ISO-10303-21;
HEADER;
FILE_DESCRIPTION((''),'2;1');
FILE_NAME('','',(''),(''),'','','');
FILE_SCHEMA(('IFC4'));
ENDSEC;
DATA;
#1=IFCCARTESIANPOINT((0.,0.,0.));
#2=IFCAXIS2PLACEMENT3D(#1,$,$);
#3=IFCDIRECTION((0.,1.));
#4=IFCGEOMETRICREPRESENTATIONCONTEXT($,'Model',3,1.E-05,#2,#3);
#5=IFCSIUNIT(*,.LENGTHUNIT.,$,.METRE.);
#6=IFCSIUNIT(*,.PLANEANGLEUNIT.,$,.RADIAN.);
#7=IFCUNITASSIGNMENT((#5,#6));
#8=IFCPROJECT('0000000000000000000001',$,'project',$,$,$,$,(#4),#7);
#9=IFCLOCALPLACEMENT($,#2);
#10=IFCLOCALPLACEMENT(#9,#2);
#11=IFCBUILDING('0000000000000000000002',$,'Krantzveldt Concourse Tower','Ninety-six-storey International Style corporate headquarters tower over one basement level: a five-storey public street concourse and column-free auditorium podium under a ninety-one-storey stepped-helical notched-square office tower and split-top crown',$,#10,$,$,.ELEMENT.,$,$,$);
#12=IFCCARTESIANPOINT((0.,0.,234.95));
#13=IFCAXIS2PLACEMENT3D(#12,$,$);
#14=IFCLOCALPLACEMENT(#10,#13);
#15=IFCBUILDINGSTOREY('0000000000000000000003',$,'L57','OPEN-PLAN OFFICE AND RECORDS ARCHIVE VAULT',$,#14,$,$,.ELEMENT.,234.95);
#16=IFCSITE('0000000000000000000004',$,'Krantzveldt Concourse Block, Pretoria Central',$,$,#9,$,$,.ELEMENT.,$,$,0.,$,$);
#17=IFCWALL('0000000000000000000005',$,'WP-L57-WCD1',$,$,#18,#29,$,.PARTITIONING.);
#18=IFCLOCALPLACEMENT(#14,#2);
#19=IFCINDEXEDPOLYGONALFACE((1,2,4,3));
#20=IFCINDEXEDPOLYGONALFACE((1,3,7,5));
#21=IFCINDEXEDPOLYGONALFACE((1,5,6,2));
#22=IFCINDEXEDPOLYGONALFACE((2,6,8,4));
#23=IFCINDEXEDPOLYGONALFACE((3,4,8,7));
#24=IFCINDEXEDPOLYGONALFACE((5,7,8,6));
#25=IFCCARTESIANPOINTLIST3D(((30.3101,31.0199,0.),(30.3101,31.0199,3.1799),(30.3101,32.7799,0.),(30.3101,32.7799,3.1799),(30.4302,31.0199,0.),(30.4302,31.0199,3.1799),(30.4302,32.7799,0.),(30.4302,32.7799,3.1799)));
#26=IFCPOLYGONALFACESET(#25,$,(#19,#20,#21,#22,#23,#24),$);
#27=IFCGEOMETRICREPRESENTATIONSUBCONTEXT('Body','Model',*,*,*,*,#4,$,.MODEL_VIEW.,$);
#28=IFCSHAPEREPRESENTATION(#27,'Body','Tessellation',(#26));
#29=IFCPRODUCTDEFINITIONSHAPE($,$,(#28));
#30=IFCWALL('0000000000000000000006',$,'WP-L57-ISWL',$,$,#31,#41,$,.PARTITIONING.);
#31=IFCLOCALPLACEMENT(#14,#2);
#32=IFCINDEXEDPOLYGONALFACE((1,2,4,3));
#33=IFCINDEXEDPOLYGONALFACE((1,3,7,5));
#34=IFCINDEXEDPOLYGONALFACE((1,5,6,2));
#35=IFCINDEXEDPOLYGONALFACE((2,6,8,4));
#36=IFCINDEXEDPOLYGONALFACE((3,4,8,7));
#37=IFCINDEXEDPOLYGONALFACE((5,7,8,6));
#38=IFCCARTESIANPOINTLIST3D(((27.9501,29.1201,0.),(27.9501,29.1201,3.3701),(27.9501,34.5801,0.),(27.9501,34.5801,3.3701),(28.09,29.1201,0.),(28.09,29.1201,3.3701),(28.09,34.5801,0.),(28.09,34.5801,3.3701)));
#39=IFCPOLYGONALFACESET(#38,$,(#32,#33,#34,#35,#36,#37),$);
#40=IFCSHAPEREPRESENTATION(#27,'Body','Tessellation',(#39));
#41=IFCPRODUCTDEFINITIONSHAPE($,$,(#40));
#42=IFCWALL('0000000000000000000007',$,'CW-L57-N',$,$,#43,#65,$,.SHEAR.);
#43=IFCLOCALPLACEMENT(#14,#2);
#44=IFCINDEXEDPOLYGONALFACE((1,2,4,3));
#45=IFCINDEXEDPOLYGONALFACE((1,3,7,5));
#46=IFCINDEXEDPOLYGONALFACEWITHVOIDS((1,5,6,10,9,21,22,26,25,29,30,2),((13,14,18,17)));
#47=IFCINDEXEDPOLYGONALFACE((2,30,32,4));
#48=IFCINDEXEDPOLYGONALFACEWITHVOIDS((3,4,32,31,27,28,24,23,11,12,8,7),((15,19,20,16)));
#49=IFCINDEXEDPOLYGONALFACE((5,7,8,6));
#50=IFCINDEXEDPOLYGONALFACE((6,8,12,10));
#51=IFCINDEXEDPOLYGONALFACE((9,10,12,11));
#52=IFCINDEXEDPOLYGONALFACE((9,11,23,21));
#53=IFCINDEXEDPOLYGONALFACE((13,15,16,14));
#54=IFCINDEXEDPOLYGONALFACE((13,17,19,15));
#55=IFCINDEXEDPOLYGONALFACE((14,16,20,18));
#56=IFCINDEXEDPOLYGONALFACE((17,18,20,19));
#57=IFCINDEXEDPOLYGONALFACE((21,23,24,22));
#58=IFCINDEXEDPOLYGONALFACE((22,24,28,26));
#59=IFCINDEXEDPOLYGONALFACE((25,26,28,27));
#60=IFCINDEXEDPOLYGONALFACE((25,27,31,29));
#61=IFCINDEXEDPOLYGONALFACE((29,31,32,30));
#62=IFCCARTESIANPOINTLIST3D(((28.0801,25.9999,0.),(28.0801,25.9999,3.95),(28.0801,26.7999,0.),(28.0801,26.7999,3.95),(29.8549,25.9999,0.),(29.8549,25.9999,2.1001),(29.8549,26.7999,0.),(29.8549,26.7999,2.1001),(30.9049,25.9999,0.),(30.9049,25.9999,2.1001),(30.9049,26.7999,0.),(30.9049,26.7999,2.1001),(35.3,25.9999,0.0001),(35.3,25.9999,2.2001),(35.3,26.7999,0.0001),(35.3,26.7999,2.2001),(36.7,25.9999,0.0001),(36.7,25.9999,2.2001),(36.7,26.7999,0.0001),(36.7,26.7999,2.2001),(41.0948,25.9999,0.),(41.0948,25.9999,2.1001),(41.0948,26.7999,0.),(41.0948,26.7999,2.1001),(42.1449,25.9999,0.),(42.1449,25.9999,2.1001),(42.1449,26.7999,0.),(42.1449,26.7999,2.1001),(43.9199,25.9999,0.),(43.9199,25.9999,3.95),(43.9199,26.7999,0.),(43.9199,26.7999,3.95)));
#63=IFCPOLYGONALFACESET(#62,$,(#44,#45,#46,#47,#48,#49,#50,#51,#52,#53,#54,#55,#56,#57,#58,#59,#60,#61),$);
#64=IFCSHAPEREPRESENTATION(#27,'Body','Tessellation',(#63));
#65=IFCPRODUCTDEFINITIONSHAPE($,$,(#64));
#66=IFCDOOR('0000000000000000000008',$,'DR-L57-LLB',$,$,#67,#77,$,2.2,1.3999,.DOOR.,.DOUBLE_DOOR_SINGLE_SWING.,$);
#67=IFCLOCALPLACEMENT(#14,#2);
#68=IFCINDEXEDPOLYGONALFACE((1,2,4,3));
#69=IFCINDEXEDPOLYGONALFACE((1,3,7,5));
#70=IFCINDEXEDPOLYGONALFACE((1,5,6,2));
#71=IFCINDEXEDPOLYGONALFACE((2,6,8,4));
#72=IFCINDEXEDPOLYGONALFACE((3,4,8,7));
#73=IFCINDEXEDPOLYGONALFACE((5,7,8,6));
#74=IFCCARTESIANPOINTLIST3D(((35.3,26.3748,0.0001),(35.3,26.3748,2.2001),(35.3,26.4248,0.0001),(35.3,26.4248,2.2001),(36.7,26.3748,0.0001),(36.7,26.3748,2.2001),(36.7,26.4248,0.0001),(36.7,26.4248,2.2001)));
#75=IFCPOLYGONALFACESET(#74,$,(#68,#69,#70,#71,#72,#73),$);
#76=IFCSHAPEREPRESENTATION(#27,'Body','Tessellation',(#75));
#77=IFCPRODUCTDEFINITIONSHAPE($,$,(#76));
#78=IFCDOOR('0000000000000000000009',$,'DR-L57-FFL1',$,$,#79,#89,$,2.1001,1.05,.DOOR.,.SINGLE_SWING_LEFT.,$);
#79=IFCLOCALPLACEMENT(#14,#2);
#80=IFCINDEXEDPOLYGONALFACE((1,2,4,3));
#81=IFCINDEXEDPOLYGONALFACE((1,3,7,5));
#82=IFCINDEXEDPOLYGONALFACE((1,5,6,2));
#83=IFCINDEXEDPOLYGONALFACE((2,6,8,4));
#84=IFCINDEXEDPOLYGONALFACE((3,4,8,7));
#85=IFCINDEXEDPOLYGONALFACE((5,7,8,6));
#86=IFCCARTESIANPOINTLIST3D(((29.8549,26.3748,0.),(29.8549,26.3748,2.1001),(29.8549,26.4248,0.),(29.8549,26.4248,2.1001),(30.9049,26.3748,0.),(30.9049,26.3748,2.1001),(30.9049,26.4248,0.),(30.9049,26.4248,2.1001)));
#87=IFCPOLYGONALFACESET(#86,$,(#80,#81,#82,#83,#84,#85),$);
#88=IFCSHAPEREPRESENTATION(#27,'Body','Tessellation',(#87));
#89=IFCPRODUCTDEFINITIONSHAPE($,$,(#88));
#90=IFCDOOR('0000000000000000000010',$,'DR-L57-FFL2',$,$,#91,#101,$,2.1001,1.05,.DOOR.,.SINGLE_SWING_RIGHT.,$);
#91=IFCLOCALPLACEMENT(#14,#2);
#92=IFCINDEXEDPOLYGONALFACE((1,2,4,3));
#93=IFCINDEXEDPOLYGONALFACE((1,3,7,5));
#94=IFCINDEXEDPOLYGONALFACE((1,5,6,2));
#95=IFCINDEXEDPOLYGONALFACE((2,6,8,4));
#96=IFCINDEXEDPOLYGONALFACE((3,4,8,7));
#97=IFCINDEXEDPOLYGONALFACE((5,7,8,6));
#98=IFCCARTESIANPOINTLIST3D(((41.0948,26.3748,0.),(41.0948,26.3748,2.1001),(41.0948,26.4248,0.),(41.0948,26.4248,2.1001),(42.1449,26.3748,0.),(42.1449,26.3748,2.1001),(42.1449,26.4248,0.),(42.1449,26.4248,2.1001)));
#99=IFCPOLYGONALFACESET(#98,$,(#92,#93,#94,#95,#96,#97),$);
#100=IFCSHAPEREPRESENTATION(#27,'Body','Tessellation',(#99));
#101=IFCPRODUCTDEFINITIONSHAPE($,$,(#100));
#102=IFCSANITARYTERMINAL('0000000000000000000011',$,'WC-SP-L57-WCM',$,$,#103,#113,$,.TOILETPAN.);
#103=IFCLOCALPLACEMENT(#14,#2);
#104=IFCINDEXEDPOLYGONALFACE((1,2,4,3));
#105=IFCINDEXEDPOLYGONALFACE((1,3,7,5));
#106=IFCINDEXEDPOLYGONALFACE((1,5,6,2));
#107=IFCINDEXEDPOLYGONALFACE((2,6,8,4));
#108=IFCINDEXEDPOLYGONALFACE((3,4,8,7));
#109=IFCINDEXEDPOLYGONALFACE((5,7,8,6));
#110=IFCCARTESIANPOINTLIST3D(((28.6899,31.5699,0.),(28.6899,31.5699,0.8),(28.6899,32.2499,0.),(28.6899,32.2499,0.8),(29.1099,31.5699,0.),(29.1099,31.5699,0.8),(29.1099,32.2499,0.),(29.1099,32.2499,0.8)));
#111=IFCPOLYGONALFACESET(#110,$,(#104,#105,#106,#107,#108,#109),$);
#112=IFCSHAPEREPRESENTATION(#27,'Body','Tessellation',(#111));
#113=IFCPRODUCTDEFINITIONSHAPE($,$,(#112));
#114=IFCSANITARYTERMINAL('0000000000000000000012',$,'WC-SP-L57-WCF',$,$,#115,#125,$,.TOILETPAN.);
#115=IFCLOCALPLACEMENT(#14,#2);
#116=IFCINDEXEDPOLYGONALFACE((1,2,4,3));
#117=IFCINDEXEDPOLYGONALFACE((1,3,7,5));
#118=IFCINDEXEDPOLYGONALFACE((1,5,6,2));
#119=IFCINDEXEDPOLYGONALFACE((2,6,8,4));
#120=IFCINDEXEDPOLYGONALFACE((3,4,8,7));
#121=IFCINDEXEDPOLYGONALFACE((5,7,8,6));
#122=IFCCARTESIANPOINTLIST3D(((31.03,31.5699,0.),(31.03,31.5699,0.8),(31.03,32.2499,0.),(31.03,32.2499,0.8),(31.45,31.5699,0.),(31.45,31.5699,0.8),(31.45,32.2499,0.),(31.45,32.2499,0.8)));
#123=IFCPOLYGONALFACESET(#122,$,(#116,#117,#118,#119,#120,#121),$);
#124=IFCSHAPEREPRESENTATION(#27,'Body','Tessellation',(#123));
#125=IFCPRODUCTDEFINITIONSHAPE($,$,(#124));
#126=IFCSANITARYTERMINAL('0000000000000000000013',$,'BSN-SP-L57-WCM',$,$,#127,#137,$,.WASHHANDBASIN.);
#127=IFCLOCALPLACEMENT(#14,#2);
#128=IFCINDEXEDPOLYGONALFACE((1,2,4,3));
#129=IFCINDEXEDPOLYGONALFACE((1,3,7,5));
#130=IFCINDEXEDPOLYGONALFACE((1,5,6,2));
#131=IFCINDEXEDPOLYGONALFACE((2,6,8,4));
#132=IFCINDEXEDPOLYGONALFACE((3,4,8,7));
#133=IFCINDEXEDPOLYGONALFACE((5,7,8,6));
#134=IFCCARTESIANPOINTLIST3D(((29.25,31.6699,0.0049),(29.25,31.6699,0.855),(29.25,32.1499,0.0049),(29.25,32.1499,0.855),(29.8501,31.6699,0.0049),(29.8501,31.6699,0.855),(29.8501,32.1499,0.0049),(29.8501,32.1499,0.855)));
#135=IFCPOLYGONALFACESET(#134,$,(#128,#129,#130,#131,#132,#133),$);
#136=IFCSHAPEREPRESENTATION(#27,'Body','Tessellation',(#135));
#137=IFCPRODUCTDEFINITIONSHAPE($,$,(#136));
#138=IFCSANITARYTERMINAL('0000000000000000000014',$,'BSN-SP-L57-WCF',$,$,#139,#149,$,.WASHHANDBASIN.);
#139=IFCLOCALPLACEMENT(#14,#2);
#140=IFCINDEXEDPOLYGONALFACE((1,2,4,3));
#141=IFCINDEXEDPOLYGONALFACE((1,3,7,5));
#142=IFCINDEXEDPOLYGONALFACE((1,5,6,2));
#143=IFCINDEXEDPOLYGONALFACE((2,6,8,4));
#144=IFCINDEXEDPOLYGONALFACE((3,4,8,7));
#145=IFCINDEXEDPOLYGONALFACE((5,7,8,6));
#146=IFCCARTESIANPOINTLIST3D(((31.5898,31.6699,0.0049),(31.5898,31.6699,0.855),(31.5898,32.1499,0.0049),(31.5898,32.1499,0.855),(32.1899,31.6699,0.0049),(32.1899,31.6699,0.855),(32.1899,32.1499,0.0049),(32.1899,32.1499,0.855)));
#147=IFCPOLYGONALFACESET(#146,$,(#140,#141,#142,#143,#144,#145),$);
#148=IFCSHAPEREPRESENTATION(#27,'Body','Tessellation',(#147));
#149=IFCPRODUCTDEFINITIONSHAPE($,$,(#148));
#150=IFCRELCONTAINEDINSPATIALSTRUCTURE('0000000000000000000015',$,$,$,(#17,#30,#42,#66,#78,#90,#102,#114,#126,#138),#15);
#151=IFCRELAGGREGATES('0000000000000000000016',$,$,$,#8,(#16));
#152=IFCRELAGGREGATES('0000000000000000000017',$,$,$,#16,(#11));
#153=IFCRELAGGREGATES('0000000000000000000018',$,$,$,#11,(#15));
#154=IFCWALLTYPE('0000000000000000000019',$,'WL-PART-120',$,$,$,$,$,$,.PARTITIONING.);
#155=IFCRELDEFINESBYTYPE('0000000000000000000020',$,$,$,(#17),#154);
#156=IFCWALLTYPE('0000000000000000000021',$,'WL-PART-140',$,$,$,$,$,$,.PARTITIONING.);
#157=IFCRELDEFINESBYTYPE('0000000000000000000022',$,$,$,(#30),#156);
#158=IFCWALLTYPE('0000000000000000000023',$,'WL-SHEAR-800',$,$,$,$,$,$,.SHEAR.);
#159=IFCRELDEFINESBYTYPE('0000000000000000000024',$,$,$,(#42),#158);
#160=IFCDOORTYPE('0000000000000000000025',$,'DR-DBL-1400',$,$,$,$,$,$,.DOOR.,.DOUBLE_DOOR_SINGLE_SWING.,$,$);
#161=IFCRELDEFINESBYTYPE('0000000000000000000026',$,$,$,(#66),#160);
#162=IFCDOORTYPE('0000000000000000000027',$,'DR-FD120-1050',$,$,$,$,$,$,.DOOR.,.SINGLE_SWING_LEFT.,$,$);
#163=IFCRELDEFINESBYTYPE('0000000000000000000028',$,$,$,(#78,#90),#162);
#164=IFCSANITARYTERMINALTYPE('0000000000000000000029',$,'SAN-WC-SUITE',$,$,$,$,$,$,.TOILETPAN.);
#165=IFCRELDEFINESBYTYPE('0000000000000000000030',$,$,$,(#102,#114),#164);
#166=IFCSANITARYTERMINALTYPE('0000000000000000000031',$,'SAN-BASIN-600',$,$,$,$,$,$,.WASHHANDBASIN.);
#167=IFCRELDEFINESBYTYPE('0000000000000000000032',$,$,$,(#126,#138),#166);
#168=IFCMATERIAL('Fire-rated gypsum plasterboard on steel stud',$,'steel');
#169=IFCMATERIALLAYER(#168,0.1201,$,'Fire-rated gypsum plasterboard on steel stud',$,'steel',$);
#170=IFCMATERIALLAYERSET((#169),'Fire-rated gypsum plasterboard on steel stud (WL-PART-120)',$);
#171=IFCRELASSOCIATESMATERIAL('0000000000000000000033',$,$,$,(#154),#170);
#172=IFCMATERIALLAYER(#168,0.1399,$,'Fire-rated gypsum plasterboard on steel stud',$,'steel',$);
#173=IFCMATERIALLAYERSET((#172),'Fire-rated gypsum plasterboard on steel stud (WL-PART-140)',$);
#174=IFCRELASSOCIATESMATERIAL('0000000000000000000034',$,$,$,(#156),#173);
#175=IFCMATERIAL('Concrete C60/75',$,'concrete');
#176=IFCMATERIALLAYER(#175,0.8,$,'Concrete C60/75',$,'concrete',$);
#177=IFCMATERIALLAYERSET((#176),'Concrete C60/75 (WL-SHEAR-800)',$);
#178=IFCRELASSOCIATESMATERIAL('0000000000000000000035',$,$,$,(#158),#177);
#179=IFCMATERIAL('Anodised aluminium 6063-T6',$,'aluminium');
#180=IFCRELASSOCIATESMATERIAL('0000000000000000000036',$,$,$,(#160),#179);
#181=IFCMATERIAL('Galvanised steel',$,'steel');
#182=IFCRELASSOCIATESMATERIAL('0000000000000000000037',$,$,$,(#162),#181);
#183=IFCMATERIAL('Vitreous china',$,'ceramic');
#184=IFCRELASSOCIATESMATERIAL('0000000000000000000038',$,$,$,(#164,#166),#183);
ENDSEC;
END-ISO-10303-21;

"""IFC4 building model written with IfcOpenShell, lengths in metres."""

from ifc_helpers import new_model, si_unit, direction, frame, frame_2d, origin, origin_2d, place, context, subcontext, project, spatial, rectangle, extrude, source, transform, mapped, material, layer, layer_set, type_object, type_shapes, element, fill, save


model = new_model("IFC4")

# Units and contexts
model_context = context("Model", 3, precision=1e-05, world=origin(), true_north=direction((0.0, 1.0)))
body_context = subcontext(model_context, "Body", "Model", "MODEL_VIEW")
ifc_project = project(units=[si_unit("LENGTHUNIT", "METRE"), si_unit("PLANEANGLEUNIT", "RADIAN")], contexts=[model_context])

# Site, building, storey
site_placement = place(None, origin())
site = spatial("IfcSite", under=ifc_project, at=site_placement, Name="Krantzveldt Concourse Block, Pretoria Central", CompositionType="ELEMENT", RefElevation=0.0)
building_placement = place(site_placement, origin())
building = spatial("IfcBuilding", under=site, at=building_placement, Name="Krantzveldt Concourse Tower", Description="Ninety-six-storey International Style corporate headquarters tower over one basement level: a five-storey public street concourse and column-free auditorium podium under a ninety-one-storey stepped-helical notched-square office tower and split-top crown", CompositionType="ELEMENT")
storey_placement = place(building_placement, frame((0.0, 0.0, 234.95)))
storey = spatial("IfcBuildingStorey", under=building, at=storey_placement, Name="L57", Description="OPEN-PLAN OFFICE AND RECORDS ARCHIVE VAULT", CompositionType="ELEMENT", Elevation=234.95)

# Shared definitions
ifc_material_1 = material(Name="Fire-rated gypsum plasterboard on steel stud", Category="steel")
ifc_layer_1 = layer(ifc_material_1, 0.1201, Name="Fire-rated gypsum plasterboard on steel stud", Category="steel")
ifc_layer_set_1 = layer_set([ifc_layer_1], Name="Fire-rated gypsum plasterboard on steel stud (WL-PART-120)")
wall_type_1 = type_object("IfcWallType", Name="WL-PART-120", PredefinedType="PARTITIONING", material=ifc_layer_set_1)

# Walls
wall_1_placement = place(storey_placement, frame((30.3701, 31.02, 0.0), z_axis=(0.0, 0.0, 1.0), x_axis=(0.0, 1.0, 0.0)))
element("IfcWall", 1, at=wall_1_placement, inside=storey, type_object=wall_type_1, Name="WP-L57-WCD1", PredefinedType="PARTITIONING", context=body_context, shape_type="SweptSolid", body=[
    extrude(rectangle(XDim=1.76, YDim=0.1201, at=frame_2d((0.8799, 0.0))), origin(), (0.0, 0.0, 1.0), 3.1799),
])
ifc_layer_2 = layer(ifc_material_1, 0.1399, Name="Fire-rated gypsum plasterboard on steel stud", Category="steel")
ifc_layer_set_2 = layer_set([ifc_layer_2], Name="Fire-rated gypsum plasterboard on steel stud (WL-PART-140)")
wall_type_2 = type_object("IfcWallType", Name="WL-PART-140", PredefinedType="PARTITIONING", material=ifc_layer_set_2)
wall_2_placement = place(storey_placement, frame((28.02, 29.1201, 0.0), z_axis=(0.0, 0.0, 1.0), x_axis=(0.0, 1.0, 0.0)))
element("IfcWall", 2, at=wall_2_placement, inside=storey, type_object=wall_type_2, Name="WP-L57-ISWL", PredefinedType="PARTITIONING", context=body_context, shape_type="SweptSolid", body=[
    extrude(rectangle(XDim=5.46, YDim=0.1399, at=frame_2d((2.73, 0.0))), origin(), (0.0, 0.0, 1.0), 3.3701),
])

# Wall, openings, doors
ifc_material_2 = material(Name="Concrete C60/75", Category="concrete")
ifc_layer_3 = layer(ifc_material_2, 0.8, Name="Concrete C60/75", Category="concrete")
ifc_layer_set_3 = layer_set([ifc_layer_3], Name="Concrete C60/75 (WL-SHEAR-800)")
wall_type_3 = type_object("IfcWallType", Name="WL-SHEAR-800", PredefinedType="SHEAR", material=ifc_layer_set_3)
wall_3_placement = place(storey_placement, frame((28.0801, 26.3999, 0.0), z_axis=(0.0, 0.0, 1.0), x_axis=(1.0, 0.0, 0.0)))
wall_3 = element("IfcWall", 3, at=wall_3_placement, inside=storey, type_object=wall_type_3, Name="CW-L57-N", PredefinedType="SHEAR", context=body_context, shape_type="SweptSolid", body=[
    extrude(rectangle(XDim=15.8398, YDim=0.8, at=frame_2d((7.9199, 0.0))), origin(), (0.0, 0.0, 1.0), 3.95),
])
opening_1_placement = place(wall_3_placement, frame((7.22, 0.0, 0.0)))
opening_1 = element("IfcOpeningElement", 4, at=opening_1_placement, cuts=wall_3, PredefinedType="OPENING", context=body_context, shape_type="SweptSolid", body=[
    extrude(rectangle(XDim=1.3999, YDim=2.2, at=frame_2d((0.7, 1.1001))), frame((0.0, 0.4102, 0.0), z_axis=(0.0, -1.0, 0.0), x_axis=(1.0, 0.0, 0.0)), (0.0, 0.0, 1.0), 0.8201),
])
opening_2_placement = place(wall_3_placement, frame((1.7749, 0.0, 0.0)))
opening_2 = element("IfcOpeningElement", 5, at=opening_2_placement, cuts=wall_3, PredefinedType="OPENING", context=body_context, shape_type="SweptSolid", body=[
    extrude(rectangle(XDim=1.05, YDim=2.1001, at=frame_2d((0.5249, 1.05))), frame((0.0, 0.4102, 0.0), z_axis=(0.0, -1.0, 0.0), x_axis=(1.0, 0.0, 0.0)), (0.0, 0.0, 1.0), 0.8201),
])
opening_3_placement = place(wall_3_placement, frame((13.0149, 0.0, 0.0)))
opening_3 = element("IfcOpeningElement", 6, at=opening_3_placement, cuts=wall_3, PredefinedType="OPENING", context=body_context, shape_type="SweptSolid", body=[
    extrude(rectangle(XDim=1.05, YDim=2.1001, at=frame_2d((0.5249, 1.05))), frame((0.0, 0.4102, 0.0), z_axis=(0.0, -1.0, 0.0), x_axis=(1.0, 0.0, 0.0)), (0.0, 0.0, 1.0), 0.8201),
])
ifc_material_3 = material(Name="Anodised aluminium 6063-T6", Category="aluminium")
door_type_1 = type_object("IfcDoorType", Name="DR-DBL-1400", OperationType="DOUBLE_DOOR_SINGLE_SWING", PredefinedType="DOOR", material=ifc_material_3)
door_1_placement = place(opening_1_placement, origin())
door_1 = element("IfcDoor", 7, at=door_1_placement, inside=storey, type_object=door_type_1, Name="DR-L57-LLB", OperationType="DOUBLE_DOOR_SINGLE_SWING", OverallHeight=2.2, OverallWidth=1.3999, PredefinedType="DOOR", context=body_context, shape_type="SweptSolid", body=[
    extrude(rectangle(XDim=1.3999, YDim=2.2, at=frame_2d((0.7, 1.1001))), frame((0.0, 0.0249, 0.0), z_axis=(0.0, -1.0, 0.0), x_axis=(1.0, 0.0, 0.0)), (0.0, 0.0, 1.0), 0.05),
])
fill(opening_1, door_1)
ifc_material_4 = material(Name="Galvanised steel", Category="steel")
door_type_2 = type_object("IfcDoorType", Name="DR-FD120-1050", OperationType="SINGLE_SWING_LEFT", PredefinedType="DOOR", material=ifc_material_4)
door_2_placement = place(opening_2_placement, origin())
door_2 = element("IfcDoor", 8, at=door_2_placement, inside=storey, type_object=door_type_2, Name="DR-L57-FFL1", OperationType="SINGLE_SWING_LEFT", OverallHeight=2.1001, OverallWidth=1.05, PredefinedType="DOOR", context=body_context, shape_type="SweptSolid", body=[
    extrude(rectangle(XDim=1.05, YDim=2.1001, at=frame_2d((0.5249, 1.05))), frame((0.0, 0.0249, 0.0), z_axis=(0.0, -1.0, 0.0), x_axis=(1.0, 0.0, 0.0)), (0.0, 0.0, 1.0), 0.05),
])
fill(opening_2, door_2)
door_3_placement = place(opening_3_placement, origin())
door_3 = element("IfcDoor", 9, at=door_3_placement, inside=storey, type_object=door_type_2, Name="DR-L57-FFL2", OperationType="SINGLE_SWING_RIGHT", OverallHeight=2.1001, OverallWidth=1.05, PredefinedType="DOOR", context=body_context, shape_type="SweptSolid", body=[
    extrude(rectangle(XDim=1.05, YDim=2.1001, at=frame_2d((0.5249, 1.05))), frame((0.0, 0.0249, 0.0), z_axis=(0.0, -1.0, 0.0), x_axis=(1.0, 0.0, 0.0)), (0.0, 0.0, 1.0), 0.05),
])
fill(opening_3, door_3)

# Sanitary terminals
ifc_material_5 = material(Name="Vitreous china", Category="ceramic")
sanitary_terminal_type_1 = type_object("IfcSanitaryTerminalType", Name="SAN-WC-SUITE", PredefinedType="TOILETPAN", material=ifc_material_5)
shared_shape_1 = source(origin(), body_context, "Body", "SweptSolid", [
    extrude(rectangle(XDim=0.4199, YDim=0.6799, at=origin_2d()), origin(), (0.0, 0.0, 1.0), 0.8),
])
type_shapes(sanitary_terminal_type_1, [shared_shape_1])
for number, where, z_axis, x_axis, name in (
    (10, (28.8999, 31.9099, 0.0), (0.0, 0.0, 1.0), (1.0, 0.0, 0.0), "WC-SP-L57-WCM"),
    (11, (31.24, 31.9099, 0.0), (0.0, 0.0, 1.0), (1.0, 0.0, 0.0), "WC-SP-L57-WCF"),
):
    element("IfcSanitaryTerminal", number, at=place(storey_placement, frame(where, z_axis=z_axis, x_axis=x_axis)), inside=storey, type_object=sanitary_terminal_type_1, Name=name, PredefinedType="TOILETPAN", context=body_context, shape_type="MappedRepresentation", body=[
        mapped(shared_shape_1, transform((0.0, 0.0, 0.0), x_axis=(1.0, 0.0, 0.0), y_axis=(0.0, 1.0, 0.0), z_axis=(0.0, 0.0, 1.0), scale=1.0)),
    ])
sanitary_terminal_type_2 = type_object("IfcSanitaryTerminalType", Name="SAN-BASIN-600", PredefinedType="WASHHANDBASIN", material=ifc_material_5)
shared_shape_2 = source(origin(), body_context, "Body", "SweptSolid", [
    extrude(rectangle(XDim=0.6001, YDim=0.48, at=origin_2d()), origin(), (0.0, 0.0, 1.0), 0.8501),
])
type_shapes(sanitary_terminal_type_2, [shared_shape_2])
for number, where, z_axis, x_axis, name in (
    (12, (29.55, 31.9099, 0.0049), (0.0, 0.0, 1.0), (1.0, 0.0, 0.0), "BSN-SP-L57-WCM"),
    (13, (31.8899, 31.9099, 0.0049), (0.0, 0.0, 1.0), (1.0, 0.0, 0.0), "BSN-SP-L57-WCF"),
):
    element("IfcSanitaryTerminal", number, at=place(storey_placement, frame(where, z_axis=z_axis, x_axis=x_axis)), inside=storey, type_object=sanitary_terminal_type_2, Name=name, PredefinedType="WASHHANDBASIN", context=body_context, shape_type="MappedRepresentation", body=[
        mapped(shared_shape_2, transform((0.0, 0.0, 0.0), x_axis=(1.0, 0.0, 0.0), y_axis=(0.0, 1.0, 0.0), z_axis=(0.0, 0.0, 1.0), scale=1.0)),
    ])

save(model, "model.ifc")
